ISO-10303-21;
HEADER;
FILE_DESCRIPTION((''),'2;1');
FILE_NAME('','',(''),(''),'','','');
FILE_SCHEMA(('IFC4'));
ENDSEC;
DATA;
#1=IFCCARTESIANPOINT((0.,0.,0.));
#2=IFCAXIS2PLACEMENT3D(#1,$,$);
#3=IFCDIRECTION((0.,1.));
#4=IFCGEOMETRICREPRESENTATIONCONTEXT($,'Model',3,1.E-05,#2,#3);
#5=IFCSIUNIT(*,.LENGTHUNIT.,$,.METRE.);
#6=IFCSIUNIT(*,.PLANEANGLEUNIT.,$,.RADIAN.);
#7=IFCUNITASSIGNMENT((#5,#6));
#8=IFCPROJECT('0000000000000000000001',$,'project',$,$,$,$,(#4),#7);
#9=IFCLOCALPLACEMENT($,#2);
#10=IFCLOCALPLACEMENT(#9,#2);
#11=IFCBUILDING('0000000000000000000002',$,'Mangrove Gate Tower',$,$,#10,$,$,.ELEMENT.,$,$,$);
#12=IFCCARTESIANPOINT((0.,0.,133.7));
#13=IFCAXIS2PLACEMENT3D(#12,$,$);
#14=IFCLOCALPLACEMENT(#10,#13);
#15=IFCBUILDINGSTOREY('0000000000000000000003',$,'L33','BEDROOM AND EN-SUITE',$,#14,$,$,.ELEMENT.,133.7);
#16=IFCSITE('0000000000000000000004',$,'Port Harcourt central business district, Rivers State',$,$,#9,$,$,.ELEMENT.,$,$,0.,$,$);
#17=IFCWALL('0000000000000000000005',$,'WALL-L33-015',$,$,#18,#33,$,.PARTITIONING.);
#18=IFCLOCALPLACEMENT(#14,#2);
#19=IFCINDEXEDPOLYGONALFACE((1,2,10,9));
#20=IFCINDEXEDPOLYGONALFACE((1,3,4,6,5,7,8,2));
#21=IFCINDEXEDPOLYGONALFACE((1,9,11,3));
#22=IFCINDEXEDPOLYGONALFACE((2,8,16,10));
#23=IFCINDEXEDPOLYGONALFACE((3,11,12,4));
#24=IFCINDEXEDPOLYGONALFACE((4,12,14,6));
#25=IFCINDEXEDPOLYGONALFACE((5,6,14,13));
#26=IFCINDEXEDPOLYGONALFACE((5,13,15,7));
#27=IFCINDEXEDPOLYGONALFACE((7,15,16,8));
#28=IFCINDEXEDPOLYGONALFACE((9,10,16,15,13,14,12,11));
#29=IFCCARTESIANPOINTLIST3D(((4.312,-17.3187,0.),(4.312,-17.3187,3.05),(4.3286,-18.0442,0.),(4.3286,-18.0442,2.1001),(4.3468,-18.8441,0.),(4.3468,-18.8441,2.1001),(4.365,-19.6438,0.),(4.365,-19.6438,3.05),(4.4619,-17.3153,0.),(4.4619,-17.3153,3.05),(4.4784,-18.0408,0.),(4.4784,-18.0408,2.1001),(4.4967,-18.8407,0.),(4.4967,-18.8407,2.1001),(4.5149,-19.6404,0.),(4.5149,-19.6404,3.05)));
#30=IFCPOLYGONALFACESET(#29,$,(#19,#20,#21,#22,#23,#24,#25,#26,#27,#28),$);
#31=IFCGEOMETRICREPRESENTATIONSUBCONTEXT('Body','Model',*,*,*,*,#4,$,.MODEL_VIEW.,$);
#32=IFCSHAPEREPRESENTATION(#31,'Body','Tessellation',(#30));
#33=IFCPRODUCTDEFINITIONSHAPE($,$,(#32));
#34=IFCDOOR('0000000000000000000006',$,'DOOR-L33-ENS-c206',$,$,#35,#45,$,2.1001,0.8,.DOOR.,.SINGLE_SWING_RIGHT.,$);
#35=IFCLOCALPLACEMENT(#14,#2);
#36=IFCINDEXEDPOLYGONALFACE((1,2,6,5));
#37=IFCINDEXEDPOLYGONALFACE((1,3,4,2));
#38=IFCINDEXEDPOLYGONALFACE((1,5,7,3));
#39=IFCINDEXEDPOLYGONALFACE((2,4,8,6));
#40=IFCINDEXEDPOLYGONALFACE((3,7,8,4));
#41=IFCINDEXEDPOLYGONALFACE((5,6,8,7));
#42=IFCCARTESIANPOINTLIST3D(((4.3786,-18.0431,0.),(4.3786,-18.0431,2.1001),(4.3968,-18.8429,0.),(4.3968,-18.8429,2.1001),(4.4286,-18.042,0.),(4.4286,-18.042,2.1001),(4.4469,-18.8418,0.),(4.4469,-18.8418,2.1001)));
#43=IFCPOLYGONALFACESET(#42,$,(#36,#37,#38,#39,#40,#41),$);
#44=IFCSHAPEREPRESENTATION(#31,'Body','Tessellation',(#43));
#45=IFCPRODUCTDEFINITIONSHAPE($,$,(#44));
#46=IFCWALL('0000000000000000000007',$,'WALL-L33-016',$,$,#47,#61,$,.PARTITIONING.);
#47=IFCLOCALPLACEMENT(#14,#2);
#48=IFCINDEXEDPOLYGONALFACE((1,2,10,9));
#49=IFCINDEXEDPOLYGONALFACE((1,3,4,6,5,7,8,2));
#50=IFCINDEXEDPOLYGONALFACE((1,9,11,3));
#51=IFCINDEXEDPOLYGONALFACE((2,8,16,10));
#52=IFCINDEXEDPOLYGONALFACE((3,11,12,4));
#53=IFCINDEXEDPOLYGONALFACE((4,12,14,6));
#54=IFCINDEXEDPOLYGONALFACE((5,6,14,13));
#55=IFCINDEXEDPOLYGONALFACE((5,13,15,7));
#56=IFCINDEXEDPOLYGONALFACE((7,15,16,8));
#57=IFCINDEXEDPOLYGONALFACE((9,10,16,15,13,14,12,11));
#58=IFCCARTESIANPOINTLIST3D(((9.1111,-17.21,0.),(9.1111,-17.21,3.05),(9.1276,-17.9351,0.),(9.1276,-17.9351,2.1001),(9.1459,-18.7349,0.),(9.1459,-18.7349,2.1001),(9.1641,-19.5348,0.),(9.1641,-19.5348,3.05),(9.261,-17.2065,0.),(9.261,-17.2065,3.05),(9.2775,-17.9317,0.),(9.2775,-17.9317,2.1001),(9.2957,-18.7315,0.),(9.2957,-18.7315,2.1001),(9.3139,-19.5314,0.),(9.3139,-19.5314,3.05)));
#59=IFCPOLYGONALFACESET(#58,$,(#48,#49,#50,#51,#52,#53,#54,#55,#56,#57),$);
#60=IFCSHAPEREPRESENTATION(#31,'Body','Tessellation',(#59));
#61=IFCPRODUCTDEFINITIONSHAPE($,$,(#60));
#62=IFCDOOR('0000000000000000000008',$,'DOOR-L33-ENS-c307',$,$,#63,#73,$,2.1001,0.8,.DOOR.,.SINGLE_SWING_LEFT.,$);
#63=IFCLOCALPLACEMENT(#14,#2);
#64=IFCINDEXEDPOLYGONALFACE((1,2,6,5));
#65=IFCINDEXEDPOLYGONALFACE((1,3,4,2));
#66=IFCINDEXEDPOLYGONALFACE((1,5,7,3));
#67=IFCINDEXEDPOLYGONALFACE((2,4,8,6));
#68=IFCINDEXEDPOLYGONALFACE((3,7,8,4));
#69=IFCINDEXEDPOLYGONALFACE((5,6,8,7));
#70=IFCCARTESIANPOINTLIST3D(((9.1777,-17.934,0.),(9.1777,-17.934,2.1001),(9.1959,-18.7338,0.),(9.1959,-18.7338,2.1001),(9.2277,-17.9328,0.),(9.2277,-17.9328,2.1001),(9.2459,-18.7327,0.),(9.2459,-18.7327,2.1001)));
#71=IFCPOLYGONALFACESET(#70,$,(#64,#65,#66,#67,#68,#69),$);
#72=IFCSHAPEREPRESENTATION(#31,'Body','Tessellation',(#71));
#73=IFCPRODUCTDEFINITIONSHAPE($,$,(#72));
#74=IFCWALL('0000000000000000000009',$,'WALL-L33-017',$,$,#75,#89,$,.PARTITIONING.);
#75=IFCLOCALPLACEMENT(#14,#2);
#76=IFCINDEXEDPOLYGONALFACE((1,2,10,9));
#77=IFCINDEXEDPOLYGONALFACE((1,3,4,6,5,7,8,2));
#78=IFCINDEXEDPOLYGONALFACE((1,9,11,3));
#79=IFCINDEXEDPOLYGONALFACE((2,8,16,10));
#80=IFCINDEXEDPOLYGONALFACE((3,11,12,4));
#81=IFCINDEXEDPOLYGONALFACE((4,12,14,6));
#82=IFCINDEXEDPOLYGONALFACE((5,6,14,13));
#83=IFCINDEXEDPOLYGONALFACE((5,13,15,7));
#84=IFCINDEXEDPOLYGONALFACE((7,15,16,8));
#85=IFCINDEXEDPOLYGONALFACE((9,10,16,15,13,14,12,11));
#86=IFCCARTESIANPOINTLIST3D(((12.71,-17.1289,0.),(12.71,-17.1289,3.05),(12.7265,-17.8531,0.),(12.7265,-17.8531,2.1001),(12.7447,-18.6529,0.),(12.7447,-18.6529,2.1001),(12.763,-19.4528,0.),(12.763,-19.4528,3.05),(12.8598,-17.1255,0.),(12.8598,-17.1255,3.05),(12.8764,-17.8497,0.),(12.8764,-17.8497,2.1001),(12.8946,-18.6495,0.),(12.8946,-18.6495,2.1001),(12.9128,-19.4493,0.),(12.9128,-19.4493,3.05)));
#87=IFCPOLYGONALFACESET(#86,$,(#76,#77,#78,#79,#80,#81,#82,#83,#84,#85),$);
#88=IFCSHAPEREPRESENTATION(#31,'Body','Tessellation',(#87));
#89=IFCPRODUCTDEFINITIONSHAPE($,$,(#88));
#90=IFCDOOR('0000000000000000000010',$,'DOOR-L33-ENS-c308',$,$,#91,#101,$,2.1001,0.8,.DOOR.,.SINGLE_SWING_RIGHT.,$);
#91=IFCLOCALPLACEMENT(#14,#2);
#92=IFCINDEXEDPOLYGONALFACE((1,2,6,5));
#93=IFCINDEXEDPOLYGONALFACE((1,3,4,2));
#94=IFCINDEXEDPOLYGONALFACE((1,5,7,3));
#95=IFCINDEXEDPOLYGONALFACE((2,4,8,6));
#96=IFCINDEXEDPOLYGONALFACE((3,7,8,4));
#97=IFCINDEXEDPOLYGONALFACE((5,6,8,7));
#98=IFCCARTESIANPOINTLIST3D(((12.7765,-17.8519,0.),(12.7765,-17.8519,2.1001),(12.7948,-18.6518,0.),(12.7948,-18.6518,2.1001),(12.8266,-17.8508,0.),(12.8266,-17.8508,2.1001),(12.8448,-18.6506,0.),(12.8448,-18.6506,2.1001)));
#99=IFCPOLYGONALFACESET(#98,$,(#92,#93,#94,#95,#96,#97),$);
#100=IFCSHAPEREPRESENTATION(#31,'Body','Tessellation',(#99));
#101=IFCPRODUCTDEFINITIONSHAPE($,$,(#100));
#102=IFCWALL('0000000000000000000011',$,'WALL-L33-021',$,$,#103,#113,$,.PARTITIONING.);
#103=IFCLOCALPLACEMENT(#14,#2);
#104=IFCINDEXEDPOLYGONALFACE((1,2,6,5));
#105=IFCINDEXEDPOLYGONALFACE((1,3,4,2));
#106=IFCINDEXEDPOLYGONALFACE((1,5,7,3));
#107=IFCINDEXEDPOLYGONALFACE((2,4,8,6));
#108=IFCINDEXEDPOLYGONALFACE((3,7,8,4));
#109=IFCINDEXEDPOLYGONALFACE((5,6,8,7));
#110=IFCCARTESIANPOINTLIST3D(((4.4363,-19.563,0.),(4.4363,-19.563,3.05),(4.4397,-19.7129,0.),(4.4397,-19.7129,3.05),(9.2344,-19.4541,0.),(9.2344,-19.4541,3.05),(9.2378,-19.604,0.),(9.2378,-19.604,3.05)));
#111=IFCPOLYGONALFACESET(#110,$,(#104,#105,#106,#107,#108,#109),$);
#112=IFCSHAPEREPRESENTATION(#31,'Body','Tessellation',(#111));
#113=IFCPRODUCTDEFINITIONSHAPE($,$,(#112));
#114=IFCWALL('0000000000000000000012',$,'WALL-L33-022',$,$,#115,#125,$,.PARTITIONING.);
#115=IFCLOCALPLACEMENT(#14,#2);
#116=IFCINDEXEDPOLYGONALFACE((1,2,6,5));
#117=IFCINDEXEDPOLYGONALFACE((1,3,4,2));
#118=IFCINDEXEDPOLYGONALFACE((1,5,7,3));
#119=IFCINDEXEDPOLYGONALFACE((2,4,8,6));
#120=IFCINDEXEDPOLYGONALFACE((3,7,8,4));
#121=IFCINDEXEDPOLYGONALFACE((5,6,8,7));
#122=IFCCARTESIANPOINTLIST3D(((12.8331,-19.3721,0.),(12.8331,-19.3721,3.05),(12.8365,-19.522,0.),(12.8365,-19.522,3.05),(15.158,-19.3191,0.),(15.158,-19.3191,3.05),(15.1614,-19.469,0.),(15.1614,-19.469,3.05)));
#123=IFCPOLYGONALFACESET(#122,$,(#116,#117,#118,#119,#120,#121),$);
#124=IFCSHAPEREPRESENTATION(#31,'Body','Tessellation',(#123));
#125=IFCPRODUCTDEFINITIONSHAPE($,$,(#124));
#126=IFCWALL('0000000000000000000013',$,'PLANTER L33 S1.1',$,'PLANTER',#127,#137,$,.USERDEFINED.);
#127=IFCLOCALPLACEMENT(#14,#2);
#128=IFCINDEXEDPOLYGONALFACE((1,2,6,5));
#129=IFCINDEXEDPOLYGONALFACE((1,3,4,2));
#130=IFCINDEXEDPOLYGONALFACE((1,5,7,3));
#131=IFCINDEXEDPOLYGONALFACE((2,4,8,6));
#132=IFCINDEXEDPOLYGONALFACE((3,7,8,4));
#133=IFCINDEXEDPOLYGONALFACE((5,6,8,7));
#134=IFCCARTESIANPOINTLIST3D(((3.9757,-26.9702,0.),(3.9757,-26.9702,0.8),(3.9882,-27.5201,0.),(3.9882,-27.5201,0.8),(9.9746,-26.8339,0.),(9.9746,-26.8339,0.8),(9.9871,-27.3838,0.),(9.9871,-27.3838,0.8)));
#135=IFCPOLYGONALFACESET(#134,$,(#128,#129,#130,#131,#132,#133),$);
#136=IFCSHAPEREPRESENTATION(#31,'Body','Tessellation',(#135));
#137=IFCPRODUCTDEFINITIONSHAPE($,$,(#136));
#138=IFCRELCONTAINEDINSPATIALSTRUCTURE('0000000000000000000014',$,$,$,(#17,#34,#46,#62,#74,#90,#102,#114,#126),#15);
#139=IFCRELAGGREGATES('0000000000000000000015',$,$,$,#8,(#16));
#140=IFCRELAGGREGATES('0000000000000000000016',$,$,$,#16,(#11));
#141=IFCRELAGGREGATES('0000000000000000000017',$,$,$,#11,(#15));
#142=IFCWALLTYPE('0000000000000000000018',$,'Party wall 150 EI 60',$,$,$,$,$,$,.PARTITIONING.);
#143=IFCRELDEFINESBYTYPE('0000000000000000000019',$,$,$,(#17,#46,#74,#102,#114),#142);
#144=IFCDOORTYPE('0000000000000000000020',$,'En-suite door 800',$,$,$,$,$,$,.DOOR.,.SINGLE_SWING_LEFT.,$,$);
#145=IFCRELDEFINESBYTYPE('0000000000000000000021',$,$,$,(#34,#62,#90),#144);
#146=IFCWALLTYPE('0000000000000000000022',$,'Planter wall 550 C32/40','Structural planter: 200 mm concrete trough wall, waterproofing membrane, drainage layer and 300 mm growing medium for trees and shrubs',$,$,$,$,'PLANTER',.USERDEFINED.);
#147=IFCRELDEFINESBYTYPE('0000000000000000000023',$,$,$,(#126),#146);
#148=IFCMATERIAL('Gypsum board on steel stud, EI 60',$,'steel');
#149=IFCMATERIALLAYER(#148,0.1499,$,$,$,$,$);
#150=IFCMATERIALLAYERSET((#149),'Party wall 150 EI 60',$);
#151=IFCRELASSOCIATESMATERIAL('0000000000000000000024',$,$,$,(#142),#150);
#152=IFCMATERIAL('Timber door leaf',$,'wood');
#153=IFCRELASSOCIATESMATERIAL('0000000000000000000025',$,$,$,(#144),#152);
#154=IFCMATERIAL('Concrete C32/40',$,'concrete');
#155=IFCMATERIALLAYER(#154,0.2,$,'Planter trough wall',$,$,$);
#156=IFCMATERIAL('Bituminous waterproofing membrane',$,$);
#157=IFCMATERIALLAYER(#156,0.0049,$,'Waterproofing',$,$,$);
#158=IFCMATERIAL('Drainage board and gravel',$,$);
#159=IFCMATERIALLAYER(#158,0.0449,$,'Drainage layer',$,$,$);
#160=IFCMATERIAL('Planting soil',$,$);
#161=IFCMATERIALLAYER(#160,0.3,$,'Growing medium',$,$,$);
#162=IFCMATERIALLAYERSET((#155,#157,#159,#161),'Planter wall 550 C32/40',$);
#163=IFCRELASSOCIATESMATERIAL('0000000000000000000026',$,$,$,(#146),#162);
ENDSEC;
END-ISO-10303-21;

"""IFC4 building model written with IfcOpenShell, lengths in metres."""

from ifc_helpers import new_model, si_unit, direction, frame, frame_2d, origin, place, context, subcontext, project, spatial, rectangle, extrude, material, layer, layer_set, type_object, element, fill, save


model = new_model("IFC4")

# Units and contexts
model_context = context("Model", 3, precision=1e-05, world=origin(), true_north=direction((0.0, 1.0)))
body_context = subcontext(model_context, "Body", "Model", "MODEL_VIEW")
ifc_project = project(units=[si_unit("LENGTHUNIT", "METRE"), si_unit("PLANEANGLEUNIT", "RADIAN")], contexts=[model_context])

# Site, building, storey
site_placement = place(None, origin())
site = spatial("IfcSite", under=ifc_project, at=site_placement, Name="Port Harcourt central business district, Rivers State", CompositionType="ELEMENT", RefElevation=0.0)
building_placement = place(site_placement, origin())
building = spatial("IfcBuilding", under=site, at=building_placement, Name="Mangrove Gate Tower", CompositionType="ELEMENT")
storey_placement = place(building_placement, frame((0.0, 0.0, 133.7)))
storey = spatial("IfcBuildingStorey", under=building, at=storey_placement, Name="L33", Description="BEDROOM AND EN-SUITE", CompositionType="ELEMENT", Elevation=133.7)

# Shared definitions
ifc_material_1 = material(Name="Gypsum board on steel stud, EI 60", Category="steel")
ifc_layer_1 = layer(ifc_material_1, 0.1499)
ifc_layer_set_1 = layer_set([ifc_layer_1], Name="Party wall 150 EI 60")
wall_type_1 = type_object("IfcWallType", Name="Party wall 150 EI 60", PredefinedType="PARTITIONING", material=ifc_layer_set_1)

# Walls, openings, doors
ifc_material_2 = material(Name="Timber door leaf", Category="wood")
door_type_1 = type_object("IfcDoorType", Name="En-suite door 800", OperationType="SINGLE_SWING_LEFT", PredefinedType="DOOR", material=ifc_material_2)
wall_1_placement = place(storey_placement, frame((4.4399, -19.6421, 0.0), z_axis=(0.0, 0.0, 1.0), x_axis=(-0.022779, 0.999741, 0.0)))
wall_1 = element("IfcWall", 1, at=wall_1_placement, inside=storey, type_object=wall_type_1, Name="WALL-L33-015", PredefinedType="PARTITIONING", context=body_context, shape_type="SweptSolid", body=[
    extrude(rectangle(XDim=2.3257, YDim=0.1499, at=frame_2d((1.1628, 0.0))), origin(), (0.0, 0.0, 1.0), 3.05),
])
opening_1_placement = place(wall_1_placement, frame((0.8, 0.0, 0.0)))
opening_1 = element("IfcOpeningElement", 2, at=opening_1_placement, cuts=wall_1, PredefinedType="OPENING", context=body_context, shape_type="SweptSolid", body=[
    extrude(rectangle(XDim=0.8, YDim=2.1001, at=frame_2d((0.3999, 1.05))), frame((0.0, 0.085, 0.0), z_axis=(0.0, -1.0, 0.0), x_axis=(1.0, 0.0, 0.0)), (0.0, 0.0, 1.0), 0.1699),
])
door_1_placement = place(opening_1_placement, origin())
door_1 = element("IfcDoor", 3, at=door_1_placement, inside=storey, type_object=door_type_1, Name="DOOR-L33-ENS-c206", OperationType="SINGLE_SWING_RIGHT", OverallHeight=2.1001, OverallWidth=0.8, PredefinedType="DOOR", context=body_context, shape_type="SweptSolid", body=[
    extrude(rectangle(XDim=0.8, YDim=2.1001, at=frame_2d((0.3999, 1.05))), frame((0.0, 0.0249, 0.0), z_axis=(0.0, -1.0, 0.0), x_axis=(1.0, 0.0, 0.0)), (0.0, 0.0, 1.0), 0.05),
])
fill(opening_1, door_1)
wall_2_placement = place(storey_placement, frame((9.239, -19.533, 0.0), z_axis=(0.0, 0.0, 1.0), x_axis=(-0.022781, 0.99974, 0.0)))
wall_2 = element("IfcWall", 4, at=wall_2_placement, inside=storey, type_object=wall_type_1, Name="WALL-L33-016", PredefinedType="PARTITIONING", context=body_context, shape_type="SweptSolid", body=[
    extrude(rectangle(XDim=2.3254, YDim=0.1499, at=frame_2d((1.1626, 0.0))), origin(), (0.0, 0.0, 1.0), 3.05),
])
opening_2_placement = place(wall_2_placement, frame((0.8, 0.0, 0.0)))
opening_2 = element("IfcOpeningElement", 5, at=opening_2_placement, cuts=wall_2, PredefinedType="OPENING", context=body_context, shape_type="SweptSolid", body=[
    extrude(rectangle(XDim=0.8, YDim=2.1001, at=frame_2d((0.3999, 1.05))), frame((0.0, 0.085, 0.0), z_axis=(0.0, -1.0, 0.0), x_axis=(1.0, 0.0, 0.0)), (0.0, 0.0, 1.0), 0.1699),
])
door_2_placement = place(opening_2_placement, origin())
door_2 = element("IfcDoor", 6, at=door_2_placement, inside=storey, type_object=door_type_1, Name="DOOR-L33-ENS-c307", OperationType="SINGLE_SWING_LEFT", OverallHeight=2.1001, OverallWidth=0.8, PredefinedType="DOOR", context=body_context, shape_type="SweptSolid", body=[
    extrude(rectangle(XDim=0.8, YDim=2.1001, at=frame_2d((0.3999, 1.05))), frame((0.0, 0.0249, 0.0), z_axis=(0.0, -1.0, 0.0), x_axis=(1.0, 0.0, 0.0)), (0.0, 0.0, 1.0), 0.05),
])
fill(opening_2, door_2)
wall_3_placement = place(storey_placement, frame((12.8379, -19.4509, 0.0), z_axis=(0.0, 0.0, 1.0), x_axis=(-0.022791, 0.99974, 0.0)))
wall_3 = element("IfcWall", 7, at=wall_3_placement, inside=storey, type_object=wall_type_1, Name="WALL-L33-017", PredefinedType="PARTITIONING", context=body_context, shape_type="SweptSolid", body=[
    extrude(rectangle(XDim=2.3245, YDim=0.1499, at=frame_2d((1.1621, 0.0))), origin(), (0.0, 0.0, 1.0), 3.05),
])
opening_3_placement = place(wall_3_placement, frame((0.8, 0.0, 0.0)))
opening_3 = element("IfcOpeningElement", 8, at=opening_3_placement, cuts=wall_3, PredefinedType="OPENING", context=body_context, shape_type="SweptSolid", body=[
    extrude(rectangle(XDim=0.8, YDim=2.1001, at=frame_2d((0.3999, 1.05))), frame((0.0, 0.085, 0.0), z_axis=(0.0, -1.0, 0.0), x_axis=(1.0, 0.0, 0.0)), (0.0, 0.0, 1.0), 0.1699),
])
door_3_placement = place(opening_3_placement, origin())
door_3 = element("IfcDoor", 9, at=door_3_placement, inside=storey, type_object=door_type_1, Name="DOOR-L33-ENS-c308", OperationType="SINGLE_SWING_RIGHT", OverallHeight=2.1001, OverallWidth=0.8, PredefinedType="DOOR", context=body_context, shape_type="SweptSolid", body=[
    extrude(rectangle(XDim=0.8, YDim=2.1001, at=frame_2d((0.3999, 1.05))), frame((0.0, 0.0249, 0.0), z_axis=(0.0, -1.0, 0.0), x_axis=(1.0, 0.0, 0.0)), (0.0, 0.0, 1.0), 0.05),
])
fill(opening_3, door_3)

# Walls
wall_4_placement = place(storey_placement, frame((4.438, -19.6379, 0.0), z_axis=(0.0, 0.0, 1.0), x_axis=(0.999743, 0.022688, 0.0)))
element("IfcWall", 10, at=wall_4_placement, inside=storey, type_object=wall_type_1, Name="WALL-L33-021", PredefinedType="PARTITIONING", context=body_context, shape_type="SweptSolid", body=[
    extrude(rectangle(XDim=4.7993, YDim=0.1499, at=frame_2d((2.3997, 0.0))), origin(), (0.0, 0.0, 1.0), 3.05),
])
wall_5_placement = place(storey_placement, frame((12.835, -19.447, 0.0), z_axis=(0.0, 0.0, 1.0), x_axis=(0.99974, 0.022781, 0.0)))
element("IfcWall", 11, at=wall_5_placement, inside=storey, type_object=wall_type_1, Name="WALL-L33-022", PredefinedType="PARTITIONING", context=body_context, shape_type="SweptSolid", body=[
    extrude(rectangle(XDim=2.3254, YDim=0.1499, at=frame_2d((1.1626, 0.0))), origin(), (0.0, 0.0, 1.0), 3.05),
])
ifc_material_3 = material(Name="Concrete C32/40", Category="concrete")
ifc_layer_2 = layer(ifc_material_3, 0.2, Name="Planter trough wall")
ifc_material_4 = material(Name="Bituminous waterproofing membrane")
ifc_layer_3 = layer(ifc_material_4, 0.0049, Name="Waterproofing")
ifc_material_5 = material(Name="Drainage board and gravel")
ifc_layer_4 = layer(ifc_material_5, 0.0449, Name="Drainage layer")
ifc_material_6 = material(Name="Planting soil")
ifc_layer_5 = layer(ifc_material_6, 0.3, Name="Growing medium")
ifc_layer_set_2 = layer_set([ifc_layer_2, ifc_layer_3, ifc_layer_4, ifc_layer_5], Name="Planter wall 550 C32/40")
wall_type_2 = type_object("IfcWallType", Name="Planter wall 550 C32/40", Description="Structural planter: 200 mm concrete trough wall, waterproofing membrane, drainage layer and 300 mm growing medium for trees and shrubs", ElementType="PLANTER", PredefinedType="USERDEFINED", material=ifc_layer_set_2)
wall_6_placement = place(storey_placement, frame((3.9819, -27.2451, 0.0), z_axis=(0.0, 0.0, 1.0), x_axis=(0.999742, 0.022703, 0.0)))
element("IfcWall", 12, at=wall_6_placement, inside=storey, type_object=wall_type_2, Name="PLANTER L33 S1.1", ObjectType="PLANTER", PredefinedType="USERDEFINED", context=body_context, shape_type="SweptSolid", body=[
    extrude(rectangle(XDim=6.0005, YDim=0.55, at=frame_2d((3.0002, 0.0))), origin(), (0.0, 0.0, 1.0), 0.8),
])

save(model, "model.ifc")
